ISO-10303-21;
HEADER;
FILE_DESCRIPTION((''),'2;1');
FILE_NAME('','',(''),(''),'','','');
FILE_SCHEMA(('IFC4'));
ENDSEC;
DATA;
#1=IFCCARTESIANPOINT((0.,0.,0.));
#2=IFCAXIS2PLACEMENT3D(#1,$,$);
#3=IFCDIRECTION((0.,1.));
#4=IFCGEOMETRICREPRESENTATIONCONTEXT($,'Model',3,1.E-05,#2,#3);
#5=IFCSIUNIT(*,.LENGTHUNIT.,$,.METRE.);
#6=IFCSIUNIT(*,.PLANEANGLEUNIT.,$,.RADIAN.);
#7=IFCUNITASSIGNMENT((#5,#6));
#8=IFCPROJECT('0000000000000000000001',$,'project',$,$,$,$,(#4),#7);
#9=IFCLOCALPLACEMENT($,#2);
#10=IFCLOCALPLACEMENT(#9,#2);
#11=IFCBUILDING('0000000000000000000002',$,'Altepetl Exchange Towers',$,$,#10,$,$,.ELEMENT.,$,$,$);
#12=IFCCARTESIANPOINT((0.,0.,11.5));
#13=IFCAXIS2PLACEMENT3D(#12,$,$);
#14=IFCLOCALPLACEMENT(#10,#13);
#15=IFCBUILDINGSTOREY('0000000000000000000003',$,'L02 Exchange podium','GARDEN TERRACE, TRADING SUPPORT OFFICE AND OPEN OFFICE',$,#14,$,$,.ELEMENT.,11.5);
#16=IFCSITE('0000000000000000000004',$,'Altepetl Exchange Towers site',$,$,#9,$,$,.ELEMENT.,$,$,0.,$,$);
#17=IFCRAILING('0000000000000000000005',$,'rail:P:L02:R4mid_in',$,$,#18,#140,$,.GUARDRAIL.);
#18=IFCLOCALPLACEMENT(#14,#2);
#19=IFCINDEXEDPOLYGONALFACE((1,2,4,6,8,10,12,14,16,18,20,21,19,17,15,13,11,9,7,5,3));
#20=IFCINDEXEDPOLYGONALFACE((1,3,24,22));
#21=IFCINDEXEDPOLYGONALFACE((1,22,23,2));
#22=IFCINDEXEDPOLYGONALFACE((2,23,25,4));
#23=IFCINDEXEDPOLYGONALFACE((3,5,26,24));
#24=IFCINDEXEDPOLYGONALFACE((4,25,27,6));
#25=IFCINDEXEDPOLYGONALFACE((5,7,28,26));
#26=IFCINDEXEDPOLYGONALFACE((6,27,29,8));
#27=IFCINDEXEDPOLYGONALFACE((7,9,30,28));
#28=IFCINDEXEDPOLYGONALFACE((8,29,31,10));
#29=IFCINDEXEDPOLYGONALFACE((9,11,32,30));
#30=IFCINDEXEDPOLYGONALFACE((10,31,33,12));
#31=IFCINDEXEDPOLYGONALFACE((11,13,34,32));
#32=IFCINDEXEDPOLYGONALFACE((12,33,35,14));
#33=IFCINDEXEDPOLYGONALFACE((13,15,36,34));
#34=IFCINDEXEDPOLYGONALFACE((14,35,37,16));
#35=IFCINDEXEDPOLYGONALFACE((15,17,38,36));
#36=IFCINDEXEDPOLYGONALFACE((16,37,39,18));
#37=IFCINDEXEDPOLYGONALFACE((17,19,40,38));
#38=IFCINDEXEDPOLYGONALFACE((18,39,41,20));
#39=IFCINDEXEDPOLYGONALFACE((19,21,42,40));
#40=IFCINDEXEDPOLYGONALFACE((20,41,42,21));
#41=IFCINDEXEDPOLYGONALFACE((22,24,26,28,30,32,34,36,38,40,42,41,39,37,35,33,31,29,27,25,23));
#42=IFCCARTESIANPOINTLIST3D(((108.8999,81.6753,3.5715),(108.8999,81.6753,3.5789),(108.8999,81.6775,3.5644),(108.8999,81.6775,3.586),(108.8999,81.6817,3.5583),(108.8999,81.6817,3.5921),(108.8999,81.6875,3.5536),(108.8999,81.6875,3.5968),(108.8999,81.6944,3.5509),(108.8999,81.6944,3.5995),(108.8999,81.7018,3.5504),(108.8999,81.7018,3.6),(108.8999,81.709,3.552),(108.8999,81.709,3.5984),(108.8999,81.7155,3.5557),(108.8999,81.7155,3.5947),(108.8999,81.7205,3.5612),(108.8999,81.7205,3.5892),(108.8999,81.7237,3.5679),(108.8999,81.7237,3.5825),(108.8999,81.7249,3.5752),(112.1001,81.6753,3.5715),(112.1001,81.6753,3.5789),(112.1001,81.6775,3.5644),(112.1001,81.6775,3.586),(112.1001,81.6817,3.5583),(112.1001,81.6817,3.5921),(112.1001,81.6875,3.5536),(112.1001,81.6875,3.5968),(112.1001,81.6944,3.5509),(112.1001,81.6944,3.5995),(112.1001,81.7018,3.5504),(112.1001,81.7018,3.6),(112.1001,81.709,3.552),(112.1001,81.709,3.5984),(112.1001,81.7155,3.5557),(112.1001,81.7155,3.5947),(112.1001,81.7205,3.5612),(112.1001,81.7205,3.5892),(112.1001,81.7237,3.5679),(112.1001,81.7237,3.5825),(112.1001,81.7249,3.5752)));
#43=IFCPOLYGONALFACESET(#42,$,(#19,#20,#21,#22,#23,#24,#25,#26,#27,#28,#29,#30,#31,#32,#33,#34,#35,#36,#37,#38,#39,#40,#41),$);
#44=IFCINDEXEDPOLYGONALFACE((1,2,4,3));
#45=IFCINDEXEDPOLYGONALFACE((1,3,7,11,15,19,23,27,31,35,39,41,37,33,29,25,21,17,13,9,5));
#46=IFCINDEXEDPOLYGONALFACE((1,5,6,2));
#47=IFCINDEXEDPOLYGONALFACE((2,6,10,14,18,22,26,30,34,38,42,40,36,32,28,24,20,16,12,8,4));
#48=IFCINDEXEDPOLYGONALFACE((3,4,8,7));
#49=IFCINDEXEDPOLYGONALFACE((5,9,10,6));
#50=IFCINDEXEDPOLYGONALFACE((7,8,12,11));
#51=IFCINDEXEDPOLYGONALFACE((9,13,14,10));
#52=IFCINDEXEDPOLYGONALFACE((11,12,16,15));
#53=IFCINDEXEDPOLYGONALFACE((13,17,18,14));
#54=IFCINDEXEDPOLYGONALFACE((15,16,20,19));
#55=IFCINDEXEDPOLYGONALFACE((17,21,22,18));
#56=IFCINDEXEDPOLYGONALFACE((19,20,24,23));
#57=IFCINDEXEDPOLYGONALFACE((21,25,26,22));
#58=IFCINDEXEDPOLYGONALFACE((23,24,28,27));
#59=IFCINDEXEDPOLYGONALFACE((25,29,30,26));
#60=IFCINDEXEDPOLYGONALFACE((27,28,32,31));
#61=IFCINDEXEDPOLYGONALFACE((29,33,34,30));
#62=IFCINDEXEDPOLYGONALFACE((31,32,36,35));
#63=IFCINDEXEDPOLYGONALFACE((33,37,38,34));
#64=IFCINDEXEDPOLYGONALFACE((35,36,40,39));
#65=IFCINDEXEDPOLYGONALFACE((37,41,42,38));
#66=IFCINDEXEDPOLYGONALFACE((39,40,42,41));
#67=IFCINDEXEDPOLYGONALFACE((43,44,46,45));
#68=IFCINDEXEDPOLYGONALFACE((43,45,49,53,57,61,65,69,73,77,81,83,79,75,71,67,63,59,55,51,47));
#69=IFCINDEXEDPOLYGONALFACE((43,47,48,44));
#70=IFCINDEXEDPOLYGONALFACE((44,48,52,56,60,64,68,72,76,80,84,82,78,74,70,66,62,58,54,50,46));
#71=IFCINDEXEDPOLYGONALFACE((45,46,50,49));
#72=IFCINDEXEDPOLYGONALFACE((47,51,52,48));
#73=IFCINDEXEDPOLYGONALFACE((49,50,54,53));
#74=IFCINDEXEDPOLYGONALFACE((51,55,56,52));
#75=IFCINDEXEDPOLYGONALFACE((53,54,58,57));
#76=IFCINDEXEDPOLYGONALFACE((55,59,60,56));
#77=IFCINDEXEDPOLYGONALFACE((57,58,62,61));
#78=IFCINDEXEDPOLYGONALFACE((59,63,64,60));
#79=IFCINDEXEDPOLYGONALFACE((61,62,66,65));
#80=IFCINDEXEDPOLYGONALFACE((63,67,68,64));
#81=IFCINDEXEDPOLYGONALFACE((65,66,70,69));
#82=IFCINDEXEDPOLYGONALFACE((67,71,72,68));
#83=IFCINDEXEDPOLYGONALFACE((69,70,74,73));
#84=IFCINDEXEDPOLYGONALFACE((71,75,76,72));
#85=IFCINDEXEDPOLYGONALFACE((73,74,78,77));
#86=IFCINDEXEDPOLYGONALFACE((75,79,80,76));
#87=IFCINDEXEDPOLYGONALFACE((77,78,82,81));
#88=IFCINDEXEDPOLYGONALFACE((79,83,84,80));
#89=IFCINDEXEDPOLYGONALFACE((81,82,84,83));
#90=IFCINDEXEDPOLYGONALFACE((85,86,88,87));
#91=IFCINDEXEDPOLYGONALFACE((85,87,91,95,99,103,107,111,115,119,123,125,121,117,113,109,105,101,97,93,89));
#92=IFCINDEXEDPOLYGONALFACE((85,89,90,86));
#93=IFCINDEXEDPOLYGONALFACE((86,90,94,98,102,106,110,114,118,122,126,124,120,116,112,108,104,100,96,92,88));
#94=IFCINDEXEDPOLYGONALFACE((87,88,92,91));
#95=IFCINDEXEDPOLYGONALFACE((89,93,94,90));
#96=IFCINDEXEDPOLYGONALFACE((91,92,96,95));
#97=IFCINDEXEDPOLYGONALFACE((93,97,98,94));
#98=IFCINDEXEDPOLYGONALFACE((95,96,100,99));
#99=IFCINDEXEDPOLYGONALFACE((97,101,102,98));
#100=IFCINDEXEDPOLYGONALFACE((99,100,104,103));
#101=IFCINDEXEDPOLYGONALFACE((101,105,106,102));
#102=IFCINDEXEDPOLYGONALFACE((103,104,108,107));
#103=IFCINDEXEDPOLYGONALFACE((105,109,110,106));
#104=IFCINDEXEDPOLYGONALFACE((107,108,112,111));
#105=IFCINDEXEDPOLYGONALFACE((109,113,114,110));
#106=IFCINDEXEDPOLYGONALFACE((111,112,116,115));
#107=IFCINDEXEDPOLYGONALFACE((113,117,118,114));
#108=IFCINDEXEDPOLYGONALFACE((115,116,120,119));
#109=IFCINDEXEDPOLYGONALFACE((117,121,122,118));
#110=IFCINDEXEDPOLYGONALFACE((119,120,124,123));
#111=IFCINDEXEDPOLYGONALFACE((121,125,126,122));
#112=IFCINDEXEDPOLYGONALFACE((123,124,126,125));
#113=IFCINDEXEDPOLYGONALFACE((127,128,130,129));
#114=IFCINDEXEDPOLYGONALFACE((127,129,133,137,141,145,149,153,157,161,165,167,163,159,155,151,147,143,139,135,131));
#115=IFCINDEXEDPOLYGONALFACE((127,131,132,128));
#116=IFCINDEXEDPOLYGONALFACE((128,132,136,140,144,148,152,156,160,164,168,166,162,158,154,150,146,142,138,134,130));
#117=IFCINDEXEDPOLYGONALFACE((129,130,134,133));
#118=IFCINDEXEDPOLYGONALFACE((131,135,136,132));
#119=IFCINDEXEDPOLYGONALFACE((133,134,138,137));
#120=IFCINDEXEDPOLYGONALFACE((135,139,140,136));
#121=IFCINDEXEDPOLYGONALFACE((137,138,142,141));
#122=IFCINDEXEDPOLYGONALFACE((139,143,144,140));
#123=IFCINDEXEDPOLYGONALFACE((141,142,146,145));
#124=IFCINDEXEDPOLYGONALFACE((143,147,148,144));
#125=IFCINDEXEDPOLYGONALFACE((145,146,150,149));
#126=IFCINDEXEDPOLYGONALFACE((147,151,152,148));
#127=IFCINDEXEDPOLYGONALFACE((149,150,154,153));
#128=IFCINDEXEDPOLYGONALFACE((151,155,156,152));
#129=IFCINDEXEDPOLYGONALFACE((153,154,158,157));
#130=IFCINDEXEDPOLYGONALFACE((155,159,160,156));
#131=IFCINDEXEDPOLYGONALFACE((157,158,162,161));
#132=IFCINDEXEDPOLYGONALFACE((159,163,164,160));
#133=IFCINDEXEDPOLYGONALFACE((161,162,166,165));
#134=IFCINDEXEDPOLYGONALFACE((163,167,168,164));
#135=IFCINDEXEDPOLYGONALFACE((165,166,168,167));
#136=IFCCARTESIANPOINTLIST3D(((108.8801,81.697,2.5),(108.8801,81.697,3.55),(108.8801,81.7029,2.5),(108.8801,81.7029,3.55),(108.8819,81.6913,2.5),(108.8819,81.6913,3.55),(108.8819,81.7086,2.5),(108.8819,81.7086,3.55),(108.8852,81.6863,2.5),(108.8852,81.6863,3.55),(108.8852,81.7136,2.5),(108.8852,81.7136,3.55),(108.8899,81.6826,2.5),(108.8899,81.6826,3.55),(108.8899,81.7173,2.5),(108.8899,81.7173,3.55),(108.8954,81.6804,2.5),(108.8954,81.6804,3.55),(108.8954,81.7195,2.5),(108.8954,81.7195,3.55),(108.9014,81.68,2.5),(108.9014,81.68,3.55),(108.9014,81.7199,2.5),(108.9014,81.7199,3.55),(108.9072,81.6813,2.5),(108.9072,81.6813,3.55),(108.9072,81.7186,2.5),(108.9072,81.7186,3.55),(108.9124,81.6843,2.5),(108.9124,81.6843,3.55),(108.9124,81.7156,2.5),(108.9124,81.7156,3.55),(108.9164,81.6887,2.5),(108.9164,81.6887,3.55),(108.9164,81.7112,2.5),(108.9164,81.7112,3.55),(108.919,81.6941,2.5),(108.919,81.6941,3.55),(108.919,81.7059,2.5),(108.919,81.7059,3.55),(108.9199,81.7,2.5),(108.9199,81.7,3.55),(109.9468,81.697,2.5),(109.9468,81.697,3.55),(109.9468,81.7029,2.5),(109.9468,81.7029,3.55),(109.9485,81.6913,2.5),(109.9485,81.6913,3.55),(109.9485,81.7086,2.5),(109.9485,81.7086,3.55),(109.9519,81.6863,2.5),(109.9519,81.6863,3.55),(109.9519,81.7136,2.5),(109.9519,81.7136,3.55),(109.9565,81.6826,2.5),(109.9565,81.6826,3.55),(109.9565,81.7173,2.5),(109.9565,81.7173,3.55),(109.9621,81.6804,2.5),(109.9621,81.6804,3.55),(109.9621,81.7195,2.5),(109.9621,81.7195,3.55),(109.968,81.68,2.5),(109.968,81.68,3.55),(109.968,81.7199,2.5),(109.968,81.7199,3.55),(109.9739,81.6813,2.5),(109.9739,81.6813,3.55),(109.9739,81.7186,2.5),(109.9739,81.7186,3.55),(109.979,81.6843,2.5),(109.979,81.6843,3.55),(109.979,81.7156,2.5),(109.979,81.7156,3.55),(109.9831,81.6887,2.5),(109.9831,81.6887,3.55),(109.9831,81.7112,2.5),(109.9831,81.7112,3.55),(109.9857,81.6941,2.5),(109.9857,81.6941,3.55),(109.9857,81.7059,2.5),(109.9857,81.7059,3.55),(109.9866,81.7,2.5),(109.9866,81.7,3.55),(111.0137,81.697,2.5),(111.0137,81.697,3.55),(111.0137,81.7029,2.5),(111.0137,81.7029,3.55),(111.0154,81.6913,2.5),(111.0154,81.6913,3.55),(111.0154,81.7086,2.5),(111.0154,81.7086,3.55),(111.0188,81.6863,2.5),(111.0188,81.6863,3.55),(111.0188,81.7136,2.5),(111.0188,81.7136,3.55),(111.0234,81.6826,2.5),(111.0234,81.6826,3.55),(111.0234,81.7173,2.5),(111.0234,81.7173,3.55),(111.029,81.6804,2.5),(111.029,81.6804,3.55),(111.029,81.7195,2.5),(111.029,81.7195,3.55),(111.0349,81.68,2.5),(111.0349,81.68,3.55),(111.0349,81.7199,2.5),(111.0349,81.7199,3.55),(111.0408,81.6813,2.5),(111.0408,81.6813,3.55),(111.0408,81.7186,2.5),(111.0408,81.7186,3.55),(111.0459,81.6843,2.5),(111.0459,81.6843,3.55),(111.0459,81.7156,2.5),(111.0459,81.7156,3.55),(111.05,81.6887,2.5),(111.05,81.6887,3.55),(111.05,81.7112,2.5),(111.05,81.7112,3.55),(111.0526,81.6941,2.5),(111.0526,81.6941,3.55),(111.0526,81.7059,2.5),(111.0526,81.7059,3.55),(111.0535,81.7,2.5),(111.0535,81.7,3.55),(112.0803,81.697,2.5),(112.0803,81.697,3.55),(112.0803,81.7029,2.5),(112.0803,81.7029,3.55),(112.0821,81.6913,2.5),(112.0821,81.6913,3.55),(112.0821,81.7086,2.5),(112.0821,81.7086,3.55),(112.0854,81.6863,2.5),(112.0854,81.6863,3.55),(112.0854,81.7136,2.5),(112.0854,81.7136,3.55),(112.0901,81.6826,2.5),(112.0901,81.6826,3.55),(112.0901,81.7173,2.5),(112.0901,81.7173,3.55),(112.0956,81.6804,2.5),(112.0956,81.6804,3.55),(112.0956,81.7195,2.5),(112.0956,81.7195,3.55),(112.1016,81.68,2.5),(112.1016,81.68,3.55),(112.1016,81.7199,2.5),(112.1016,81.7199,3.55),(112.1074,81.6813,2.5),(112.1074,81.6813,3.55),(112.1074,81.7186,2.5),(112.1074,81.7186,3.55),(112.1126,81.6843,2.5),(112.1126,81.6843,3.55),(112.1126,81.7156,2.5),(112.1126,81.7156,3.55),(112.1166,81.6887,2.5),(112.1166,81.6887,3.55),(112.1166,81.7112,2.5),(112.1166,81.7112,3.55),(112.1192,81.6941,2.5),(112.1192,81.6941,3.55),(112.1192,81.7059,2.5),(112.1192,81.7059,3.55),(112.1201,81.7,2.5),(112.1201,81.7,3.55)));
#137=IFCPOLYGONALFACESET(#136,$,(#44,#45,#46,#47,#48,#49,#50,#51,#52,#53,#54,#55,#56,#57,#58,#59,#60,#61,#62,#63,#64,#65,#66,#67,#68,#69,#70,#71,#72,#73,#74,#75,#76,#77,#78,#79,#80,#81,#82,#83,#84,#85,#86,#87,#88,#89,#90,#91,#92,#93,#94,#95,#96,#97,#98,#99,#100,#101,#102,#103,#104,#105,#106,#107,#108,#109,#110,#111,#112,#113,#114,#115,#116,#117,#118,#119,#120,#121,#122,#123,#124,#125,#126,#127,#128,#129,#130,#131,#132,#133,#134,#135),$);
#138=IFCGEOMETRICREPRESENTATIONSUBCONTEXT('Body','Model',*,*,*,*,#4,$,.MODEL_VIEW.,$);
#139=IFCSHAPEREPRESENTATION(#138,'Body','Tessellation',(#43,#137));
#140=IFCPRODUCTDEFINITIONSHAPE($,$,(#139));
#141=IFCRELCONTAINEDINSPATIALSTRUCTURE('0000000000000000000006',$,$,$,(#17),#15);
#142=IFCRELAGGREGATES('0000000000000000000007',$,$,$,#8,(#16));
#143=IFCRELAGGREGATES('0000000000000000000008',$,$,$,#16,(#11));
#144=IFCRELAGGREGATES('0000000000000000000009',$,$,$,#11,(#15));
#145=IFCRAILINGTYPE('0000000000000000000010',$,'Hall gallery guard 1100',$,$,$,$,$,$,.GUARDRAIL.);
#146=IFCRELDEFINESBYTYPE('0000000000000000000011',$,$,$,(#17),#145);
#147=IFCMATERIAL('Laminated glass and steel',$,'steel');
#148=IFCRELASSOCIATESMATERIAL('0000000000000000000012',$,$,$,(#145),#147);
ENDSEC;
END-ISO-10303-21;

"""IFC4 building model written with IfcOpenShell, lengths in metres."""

from ifc_helpers import new_model, si_unit, direction, frame, origin, origin_2d, place, context, subcontext, project, spatial, circle, extrude, source, transform, mapped, material, type_object, element, save


model = new_model("IFC4")

# Units and contexts
model_context = context("Model", 3, precision=1e-05, world=origin(), true_north=direction((0.0, 1.0)))
body_context = subcontext(model_context, "Body", "Model", "MODEL_VIEW")
ifc_project = project(units=[si_unit("LENGTHUNIT", "METRE"), si_unit("PLANEANGLEUNIT", "RADIAN")], contexts=[model_context])

# Site, building, storey
site_placement = place(None, origin())
site = spatial("IfcSite", under=ifc_project, at=site_placement, Name="Altepetl Exchange Towers site", CompositionType="ELEMENT", RefElevation=0.0)
building_placement = place(site_placement, origin())
building = spatial("IfcBuilding", under=site, at=building_placement, Name="Altepetl Exchange Towers", CompositionType="ELEMENT")
storey_placement = place(building_placement, frame((0.0, 0.0, 11.5)))
storey = spatial("IfcBuildingStorey", under=building, at=storey_placement, Name="L02 Exchange podium", Description="GARDEN TERRACE, TRADING SUPPORT OFFICE AND OPEN OFFICE", CompositionType="ELEMENT", Elevation=11.5)

# Railing
ifc_material_1 = material(Name="Laminated glass and steel", Category="steel")
railing_type_1 = type_object("IfcRailingType", Name="Hall gallery guard 1100", PredefinedType="GUARDRAIL", material=ifc_material_1)
shared_shape_1 = source(origin(), body_context, "Body", "SweptSolid", [
    extrude(circle(Radius=0.02, at=origin_2d()), origin(), (0.0, 0.0, 1.0), 1.05),
])
for number, where, name in (
    (1, (108.8999, 81.7, 2.5), "rail:P:L02:R4mid_in"),
):
    element("IfcRailing", number, at=place(storey_placement, frame(where)), inside=storey, type_object=railing_type_1, Name=name, PredefinedType="GUARDRAIL", context=body_context, shape_type="SweptSolid", body=[
        extrude(circle(Radius=0.0249, at=origin_2d()), frame((0.0, 0.0, 1.0752), z_axis=(1.0, 0.0, 0.0), x_axis=(0.0, 1.0, 0.0)), (0.0, 0.0, 1.0), 3.2002),
        mapped(shared_shape_1, transform((0.0, 0.0, 0.0))),
        mapped(shared_shape_1, transform((1.0667, 0.0, 0.0))),
        mapped(shared_shape_1, transform((2.1335, 0.0, 0.0))),
        mapped(shared_shape_1, transform((3.2002, 0.0, 0.0))),
    ])

save(model, "model.ifc")
